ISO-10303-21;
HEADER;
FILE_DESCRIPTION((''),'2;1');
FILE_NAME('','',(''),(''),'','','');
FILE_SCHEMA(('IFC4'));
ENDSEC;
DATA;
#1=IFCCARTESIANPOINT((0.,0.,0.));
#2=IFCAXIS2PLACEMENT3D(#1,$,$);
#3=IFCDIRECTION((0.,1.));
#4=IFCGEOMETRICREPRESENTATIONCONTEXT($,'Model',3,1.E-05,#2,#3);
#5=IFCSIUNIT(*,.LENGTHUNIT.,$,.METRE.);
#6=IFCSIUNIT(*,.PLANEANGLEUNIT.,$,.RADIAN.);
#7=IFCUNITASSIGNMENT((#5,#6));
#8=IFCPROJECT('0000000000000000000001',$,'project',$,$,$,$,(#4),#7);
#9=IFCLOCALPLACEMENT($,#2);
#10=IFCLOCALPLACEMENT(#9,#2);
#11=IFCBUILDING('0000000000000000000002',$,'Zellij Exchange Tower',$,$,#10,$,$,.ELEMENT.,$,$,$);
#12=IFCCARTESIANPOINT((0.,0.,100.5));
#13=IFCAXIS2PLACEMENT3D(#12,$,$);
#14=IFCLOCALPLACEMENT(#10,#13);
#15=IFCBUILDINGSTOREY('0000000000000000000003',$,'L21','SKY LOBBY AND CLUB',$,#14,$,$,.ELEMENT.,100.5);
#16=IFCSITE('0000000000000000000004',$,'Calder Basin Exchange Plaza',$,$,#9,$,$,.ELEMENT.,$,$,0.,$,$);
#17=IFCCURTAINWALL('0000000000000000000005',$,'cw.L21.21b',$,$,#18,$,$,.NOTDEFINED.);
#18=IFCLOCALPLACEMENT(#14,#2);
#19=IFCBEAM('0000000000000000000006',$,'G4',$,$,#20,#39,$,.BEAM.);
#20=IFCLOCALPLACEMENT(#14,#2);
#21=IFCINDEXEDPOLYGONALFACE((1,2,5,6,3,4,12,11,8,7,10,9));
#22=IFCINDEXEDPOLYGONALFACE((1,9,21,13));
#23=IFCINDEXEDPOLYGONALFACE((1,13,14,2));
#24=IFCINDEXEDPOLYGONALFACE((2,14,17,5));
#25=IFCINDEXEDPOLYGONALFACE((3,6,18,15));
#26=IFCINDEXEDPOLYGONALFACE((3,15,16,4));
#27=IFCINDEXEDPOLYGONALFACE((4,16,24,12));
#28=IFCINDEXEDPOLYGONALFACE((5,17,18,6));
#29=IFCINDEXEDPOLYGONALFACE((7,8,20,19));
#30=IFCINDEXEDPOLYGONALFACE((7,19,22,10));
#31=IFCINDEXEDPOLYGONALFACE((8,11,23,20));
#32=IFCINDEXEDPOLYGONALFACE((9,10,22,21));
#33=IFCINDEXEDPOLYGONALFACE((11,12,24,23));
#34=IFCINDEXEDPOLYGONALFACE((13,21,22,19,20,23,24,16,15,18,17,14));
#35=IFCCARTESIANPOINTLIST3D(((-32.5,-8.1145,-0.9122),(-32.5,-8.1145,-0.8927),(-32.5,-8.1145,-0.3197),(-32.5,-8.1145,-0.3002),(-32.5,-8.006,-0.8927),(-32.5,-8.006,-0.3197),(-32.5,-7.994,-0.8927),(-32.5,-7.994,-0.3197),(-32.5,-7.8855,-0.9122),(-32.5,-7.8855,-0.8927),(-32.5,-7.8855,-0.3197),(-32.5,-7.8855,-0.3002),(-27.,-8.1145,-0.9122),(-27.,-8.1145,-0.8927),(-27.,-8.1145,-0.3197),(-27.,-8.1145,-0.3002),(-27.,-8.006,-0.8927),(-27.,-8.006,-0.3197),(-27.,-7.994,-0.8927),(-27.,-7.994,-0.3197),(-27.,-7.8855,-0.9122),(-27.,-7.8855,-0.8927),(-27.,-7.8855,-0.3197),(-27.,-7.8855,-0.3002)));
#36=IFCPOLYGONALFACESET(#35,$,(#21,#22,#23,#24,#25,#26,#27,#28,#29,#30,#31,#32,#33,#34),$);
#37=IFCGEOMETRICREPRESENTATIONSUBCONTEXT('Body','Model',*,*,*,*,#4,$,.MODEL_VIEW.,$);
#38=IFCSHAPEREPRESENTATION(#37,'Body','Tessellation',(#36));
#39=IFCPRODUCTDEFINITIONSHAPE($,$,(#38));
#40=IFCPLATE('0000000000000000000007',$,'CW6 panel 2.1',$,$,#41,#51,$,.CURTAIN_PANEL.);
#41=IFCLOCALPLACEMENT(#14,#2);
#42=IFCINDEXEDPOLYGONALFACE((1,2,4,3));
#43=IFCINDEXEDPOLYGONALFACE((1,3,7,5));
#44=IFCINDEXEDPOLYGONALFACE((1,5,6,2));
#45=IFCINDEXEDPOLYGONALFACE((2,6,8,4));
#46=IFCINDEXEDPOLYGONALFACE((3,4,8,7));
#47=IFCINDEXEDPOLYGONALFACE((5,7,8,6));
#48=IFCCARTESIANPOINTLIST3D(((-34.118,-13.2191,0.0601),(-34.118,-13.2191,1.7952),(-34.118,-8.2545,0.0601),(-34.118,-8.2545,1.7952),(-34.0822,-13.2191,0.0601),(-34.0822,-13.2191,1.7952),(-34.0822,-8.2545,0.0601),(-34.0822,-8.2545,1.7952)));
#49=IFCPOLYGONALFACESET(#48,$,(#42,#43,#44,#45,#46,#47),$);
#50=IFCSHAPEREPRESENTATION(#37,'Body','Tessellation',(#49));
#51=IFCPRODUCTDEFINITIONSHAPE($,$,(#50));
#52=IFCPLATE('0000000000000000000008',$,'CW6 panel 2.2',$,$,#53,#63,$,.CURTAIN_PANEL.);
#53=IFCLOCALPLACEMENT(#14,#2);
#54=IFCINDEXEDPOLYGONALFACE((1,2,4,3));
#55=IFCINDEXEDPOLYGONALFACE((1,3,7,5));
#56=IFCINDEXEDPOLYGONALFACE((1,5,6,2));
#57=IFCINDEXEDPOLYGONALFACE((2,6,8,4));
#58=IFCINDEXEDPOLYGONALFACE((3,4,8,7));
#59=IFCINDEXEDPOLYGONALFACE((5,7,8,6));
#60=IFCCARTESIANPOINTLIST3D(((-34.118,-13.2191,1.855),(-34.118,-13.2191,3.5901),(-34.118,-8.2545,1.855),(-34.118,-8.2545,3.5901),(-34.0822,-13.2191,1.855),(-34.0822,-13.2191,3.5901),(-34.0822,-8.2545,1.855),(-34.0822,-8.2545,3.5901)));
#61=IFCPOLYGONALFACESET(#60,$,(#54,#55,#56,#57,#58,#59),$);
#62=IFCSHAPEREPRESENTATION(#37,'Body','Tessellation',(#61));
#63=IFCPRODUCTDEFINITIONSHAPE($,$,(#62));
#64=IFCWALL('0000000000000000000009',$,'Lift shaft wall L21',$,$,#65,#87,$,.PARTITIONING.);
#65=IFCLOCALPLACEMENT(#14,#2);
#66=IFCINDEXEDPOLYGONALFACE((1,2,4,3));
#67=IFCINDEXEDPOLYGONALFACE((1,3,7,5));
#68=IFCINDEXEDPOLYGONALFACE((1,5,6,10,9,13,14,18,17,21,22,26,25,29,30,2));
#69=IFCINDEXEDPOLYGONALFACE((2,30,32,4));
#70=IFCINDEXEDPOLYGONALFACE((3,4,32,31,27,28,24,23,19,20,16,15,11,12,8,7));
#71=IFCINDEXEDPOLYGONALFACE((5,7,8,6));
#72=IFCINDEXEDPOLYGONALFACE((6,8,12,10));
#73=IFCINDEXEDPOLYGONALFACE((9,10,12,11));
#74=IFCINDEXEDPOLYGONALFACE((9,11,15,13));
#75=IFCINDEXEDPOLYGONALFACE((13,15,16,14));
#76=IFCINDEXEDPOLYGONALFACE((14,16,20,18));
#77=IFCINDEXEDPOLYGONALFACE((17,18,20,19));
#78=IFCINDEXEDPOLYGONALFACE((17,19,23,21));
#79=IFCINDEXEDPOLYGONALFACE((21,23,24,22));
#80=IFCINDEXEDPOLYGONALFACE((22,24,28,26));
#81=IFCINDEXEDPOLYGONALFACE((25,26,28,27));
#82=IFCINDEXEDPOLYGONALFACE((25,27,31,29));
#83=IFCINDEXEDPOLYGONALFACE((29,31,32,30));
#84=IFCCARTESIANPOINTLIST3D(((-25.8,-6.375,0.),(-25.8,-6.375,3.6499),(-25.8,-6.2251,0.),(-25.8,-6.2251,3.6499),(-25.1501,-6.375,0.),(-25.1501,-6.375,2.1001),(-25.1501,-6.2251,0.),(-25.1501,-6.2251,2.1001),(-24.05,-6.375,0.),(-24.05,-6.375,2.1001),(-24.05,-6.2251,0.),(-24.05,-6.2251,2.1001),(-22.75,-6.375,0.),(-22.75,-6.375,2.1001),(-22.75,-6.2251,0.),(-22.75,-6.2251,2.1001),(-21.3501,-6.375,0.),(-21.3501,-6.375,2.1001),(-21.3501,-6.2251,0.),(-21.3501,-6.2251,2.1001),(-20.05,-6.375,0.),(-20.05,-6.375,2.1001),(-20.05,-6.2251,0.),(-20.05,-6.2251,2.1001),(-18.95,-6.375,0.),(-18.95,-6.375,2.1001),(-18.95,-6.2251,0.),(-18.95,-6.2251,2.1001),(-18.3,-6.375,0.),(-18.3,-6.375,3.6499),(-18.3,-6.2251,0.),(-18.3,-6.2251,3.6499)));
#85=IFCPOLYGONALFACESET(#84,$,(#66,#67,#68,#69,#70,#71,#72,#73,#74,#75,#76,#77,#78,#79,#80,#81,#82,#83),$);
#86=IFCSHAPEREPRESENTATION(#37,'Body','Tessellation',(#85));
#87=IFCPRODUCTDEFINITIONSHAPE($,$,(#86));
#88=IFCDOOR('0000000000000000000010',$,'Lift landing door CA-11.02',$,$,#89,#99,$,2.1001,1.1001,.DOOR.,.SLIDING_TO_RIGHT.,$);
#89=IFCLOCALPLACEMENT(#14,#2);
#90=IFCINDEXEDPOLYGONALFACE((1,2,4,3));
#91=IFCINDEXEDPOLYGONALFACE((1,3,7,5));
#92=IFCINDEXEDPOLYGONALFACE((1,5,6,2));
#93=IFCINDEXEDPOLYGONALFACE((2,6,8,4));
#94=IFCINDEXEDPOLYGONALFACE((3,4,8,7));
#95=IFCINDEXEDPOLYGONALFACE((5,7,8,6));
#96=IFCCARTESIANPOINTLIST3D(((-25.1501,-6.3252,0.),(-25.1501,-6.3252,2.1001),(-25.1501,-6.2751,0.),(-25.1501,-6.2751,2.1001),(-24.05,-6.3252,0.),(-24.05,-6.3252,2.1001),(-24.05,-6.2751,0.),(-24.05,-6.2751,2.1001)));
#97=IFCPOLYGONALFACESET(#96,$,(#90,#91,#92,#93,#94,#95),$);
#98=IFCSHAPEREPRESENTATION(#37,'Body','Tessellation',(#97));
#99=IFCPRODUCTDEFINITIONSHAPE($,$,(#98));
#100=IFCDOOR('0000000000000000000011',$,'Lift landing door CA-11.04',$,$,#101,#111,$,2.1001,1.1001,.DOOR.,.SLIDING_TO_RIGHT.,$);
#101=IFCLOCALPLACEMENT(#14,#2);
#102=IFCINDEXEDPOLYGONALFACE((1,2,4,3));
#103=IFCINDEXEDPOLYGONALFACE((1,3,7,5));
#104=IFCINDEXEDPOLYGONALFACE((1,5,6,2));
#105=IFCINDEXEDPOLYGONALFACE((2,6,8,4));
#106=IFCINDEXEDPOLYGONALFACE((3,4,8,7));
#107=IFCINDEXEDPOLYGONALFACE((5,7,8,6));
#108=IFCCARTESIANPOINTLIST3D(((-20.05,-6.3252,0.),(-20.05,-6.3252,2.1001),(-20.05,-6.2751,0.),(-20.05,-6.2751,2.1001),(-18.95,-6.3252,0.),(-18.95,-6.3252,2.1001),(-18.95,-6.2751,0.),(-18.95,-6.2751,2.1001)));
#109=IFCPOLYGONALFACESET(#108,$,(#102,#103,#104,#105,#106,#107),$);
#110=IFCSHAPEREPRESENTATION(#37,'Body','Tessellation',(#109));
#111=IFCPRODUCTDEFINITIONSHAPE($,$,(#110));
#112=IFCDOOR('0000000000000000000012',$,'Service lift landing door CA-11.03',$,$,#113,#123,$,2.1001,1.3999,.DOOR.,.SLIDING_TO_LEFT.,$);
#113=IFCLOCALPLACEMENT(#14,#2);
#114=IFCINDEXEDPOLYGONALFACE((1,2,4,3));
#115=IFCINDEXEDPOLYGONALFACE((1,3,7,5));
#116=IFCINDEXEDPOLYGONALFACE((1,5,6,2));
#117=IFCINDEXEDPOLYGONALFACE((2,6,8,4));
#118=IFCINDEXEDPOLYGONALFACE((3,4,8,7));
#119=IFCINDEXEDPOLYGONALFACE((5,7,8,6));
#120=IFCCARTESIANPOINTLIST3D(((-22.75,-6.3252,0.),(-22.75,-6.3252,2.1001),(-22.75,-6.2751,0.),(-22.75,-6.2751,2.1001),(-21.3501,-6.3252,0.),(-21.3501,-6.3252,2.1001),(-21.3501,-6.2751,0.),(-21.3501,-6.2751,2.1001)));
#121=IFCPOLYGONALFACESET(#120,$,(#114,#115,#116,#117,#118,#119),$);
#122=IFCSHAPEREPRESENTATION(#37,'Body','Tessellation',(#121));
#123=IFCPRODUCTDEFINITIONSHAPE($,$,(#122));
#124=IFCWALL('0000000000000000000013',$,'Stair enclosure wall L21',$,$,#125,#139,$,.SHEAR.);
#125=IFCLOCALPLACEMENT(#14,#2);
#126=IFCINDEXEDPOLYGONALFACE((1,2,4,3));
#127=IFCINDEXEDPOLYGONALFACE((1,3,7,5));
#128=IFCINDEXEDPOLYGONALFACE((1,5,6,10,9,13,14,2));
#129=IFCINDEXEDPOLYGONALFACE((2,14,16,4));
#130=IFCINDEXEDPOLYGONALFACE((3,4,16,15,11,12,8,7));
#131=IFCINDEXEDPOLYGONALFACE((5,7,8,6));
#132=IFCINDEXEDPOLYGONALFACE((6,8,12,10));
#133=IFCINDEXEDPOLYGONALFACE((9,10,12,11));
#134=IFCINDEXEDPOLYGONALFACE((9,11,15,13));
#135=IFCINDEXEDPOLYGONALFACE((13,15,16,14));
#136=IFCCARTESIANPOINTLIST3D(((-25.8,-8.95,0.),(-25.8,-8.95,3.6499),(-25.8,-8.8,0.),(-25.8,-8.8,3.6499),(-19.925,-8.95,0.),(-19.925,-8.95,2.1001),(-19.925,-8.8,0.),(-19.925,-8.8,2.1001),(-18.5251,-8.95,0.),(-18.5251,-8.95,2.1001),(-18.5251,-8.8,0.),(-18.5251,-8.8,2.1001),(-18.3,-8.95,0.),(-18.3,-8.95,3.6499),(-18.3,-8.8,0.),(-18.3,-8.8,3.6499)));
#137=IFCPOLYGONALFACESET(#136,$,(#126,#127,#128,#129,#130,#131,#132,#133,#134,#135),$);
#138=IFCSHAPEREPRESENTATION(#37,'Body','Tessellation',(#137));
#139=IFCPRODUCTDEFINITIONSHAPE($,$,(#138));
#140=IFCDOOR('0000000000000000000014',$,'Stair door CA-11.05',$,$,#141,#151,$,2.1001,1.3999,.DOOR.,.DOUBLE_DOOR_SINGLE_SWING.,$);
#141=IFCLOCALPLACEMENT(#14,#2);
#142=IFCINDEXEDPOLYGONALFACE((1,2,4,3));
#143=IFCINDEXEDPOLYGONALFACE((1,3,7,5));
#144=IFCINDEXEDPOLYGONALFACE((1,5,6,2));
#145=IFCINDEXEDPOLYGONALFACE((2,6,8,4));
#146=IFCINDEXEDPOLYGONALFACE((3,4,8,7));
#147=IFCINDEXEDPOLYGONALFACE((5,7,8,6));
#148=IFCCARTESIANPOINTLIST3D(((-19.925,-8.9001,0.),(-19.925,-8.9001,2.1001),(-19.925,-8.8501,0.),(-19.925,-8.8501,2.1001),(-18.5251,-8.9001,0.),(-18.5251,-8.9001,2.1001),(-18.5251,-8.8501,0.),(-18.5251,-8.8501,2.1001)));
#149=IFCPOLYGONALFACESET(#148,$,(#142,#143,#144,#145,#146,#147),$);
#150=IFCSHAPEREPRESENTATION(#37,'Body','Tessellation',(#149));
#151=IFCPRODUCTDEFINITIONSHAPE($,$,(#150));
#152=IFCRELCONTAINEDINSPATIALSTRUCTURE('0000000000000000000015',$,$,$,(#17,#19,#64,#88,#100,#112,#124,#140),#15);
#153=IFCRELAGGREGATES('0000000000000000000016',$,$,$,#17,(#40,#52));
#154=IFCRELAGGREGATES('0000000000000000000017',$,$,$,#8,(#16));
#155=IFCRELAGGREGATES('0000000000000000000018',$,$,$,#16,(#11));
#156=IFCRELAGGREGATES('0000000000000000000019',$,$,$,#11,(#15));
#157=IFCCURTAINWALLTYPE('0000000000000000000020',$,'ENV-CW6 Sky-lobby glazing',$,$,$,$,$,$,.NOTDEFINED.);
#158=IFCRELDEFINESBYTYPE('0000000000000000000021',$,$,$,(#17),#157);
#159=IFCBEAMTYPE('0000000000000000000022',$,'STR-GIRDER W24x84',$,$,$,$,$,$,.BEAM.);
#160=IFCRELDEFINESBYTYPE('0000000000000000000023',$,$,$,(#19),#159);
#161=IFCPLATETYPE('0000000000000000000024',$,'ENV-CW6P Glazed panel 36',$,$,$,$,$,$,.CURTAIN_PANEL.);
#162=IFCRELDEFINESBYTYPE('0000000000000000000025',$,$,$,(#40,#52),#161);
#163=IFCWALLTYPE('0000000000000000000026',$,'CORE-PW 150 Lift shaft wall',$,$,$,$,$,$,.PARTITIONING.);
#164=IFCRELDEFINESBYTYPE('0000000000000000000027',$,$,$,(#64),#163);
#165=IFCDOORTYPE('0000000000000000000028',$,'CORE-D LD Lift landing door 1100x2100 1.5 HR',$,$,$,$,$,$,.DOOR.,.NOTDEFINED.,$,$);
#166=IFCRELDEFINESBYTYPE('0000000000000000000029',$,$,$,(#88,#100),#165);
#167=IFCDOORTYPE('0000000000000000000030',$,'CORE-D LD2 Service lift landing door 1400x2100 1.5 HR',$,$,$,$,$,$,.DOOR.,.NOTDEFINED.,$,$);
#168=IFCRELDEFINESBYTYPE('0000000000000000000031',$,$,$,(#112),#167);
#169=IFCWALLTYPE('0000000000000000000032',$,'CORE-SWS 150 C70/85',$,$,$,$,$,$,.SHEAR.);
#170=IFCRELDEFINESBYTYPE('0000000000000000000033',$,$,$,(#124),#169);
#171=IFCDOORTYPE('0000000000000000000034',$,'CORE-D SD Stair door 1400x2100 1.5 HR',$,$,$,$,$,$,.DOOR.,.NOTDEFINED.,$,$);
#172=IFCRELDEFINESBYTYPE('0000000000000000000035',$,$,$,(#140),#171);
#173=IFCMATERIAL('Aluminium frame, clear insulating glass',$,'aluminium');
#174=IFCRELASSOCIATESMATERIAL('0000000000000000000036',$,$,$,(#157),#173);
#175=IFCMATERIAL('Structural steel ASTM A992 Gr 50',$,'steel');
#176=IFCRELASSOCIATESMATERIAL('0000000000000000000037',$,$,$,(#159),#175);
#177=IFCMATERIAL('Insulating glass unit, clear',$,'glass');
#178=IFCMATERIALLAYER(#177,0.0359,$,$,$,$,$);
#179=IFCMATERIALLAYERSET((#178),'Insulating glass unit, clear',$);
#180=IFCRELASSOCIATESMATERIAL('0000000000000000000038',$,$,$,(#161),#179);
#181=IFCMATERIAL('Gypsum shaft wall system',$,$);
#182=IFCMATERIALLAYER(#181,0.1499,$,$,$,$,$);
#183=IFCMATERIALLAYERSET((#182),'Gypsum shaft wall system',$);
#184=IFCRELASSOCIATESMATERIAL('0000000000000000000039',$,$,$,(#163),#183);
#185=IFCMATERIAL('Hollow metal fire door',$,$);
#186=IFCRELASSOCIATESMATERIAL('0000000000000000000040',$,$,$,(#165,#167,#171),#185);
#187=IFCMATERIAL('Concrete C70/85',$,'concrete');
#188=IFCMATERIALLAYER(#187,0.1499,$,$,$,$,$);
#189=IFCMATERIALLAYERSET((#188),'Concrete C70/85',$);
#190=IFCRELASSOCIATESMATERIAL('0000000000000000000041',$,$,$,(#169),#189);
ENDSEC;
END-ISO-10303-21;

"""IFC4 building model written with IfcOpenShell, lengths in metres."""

from ifc_helpers import new_model, si_unit, direction, frame, frame_2d, origin, origin_2d, place, context, subcontext, project, spatial, rectangle, i_section, extrude, material, layer, layer_set, material_profile, profile_set, type_object, element, fill, aggregate, save


model = new_model("IFC4")

# Units and contexts
model_context = context("Model", 3, precision=1e-05, world=origin(), true_north=direction((0.0, 1.0)))
body_context = subcontext(model_context, "Body", "Model", "MODEL_VIEW")
ifc_project = project(units=[si_unit("LENGTHUNIT", "METRE"), si_unit("PLANEANGLEUNIT", "RADIAN")], contexts=[model_context])

# Site, building, storey
site_placement = place(None, origin())
site = spatial("IfcSite", under=ifc_project, at=site_placement, Name="Calder Basin Exchange Plaza", CompositionType="ELEMENT", RefElevation=0.0)
building_placement = place(site_placement, origin())
building = spatial("IfcBuilding", under=site, at=building_placement, Name="Zellij Exchange Tower", CompositionType="ELEMENT")
storey_placement = place(building_placement, frame((0.0, 0.0, 100.5)))
storey = spatial("IfcBuildingStorey", under=building, at=storey_placement, Name="L21", Description="SKY LOBBY AND CLUB", CompositionType="ELEMENT", Elevation=100.5)

# Shared definitions
ifc_material_1 = material(Name="Concrete C70/85", Category="concrete")

# Curtain wall
ifc_material_2 = material(Name="Aluminium frame, clear insulating glass", Category="aluminium")
curtain_wall_type = type_object("IfcCurtainWallType", Name="ENV-CW6 Sky-lobby glazing", PredefinedType="NOTDEFINED", material=ifc_material_2)
curtain_wall_placement = place(storey_placement, origin())
curtain_wall = element("IfcCurtainWall", 1, at=curtain_wall_placement, inside=storey, type_object=curtain_wall_type, Name="cw.L21.21b", PredefinedType="NOTDEFINED")

# Beam
ifc_material_3 = material(Name="Structural steel ASTM A992 Gr 50", Category="steel")
ifc_material_profile_1 = material_profile(ifc_material_3, i_section(OverallWidth=0.229, OverallDepth=0.6121, WebThickness=0.012, FlangeThickness=0.0195, at=origin_2d()), Name="W24x84")
ifc_profile_set_1 = profile_set([ifc_material_profile_1], Name="Structural steel ASTM A992 Gr 50")
beam_type_1 = type_object("IfcBeamType", Name="STR-GIRDER W24x84", PredefinedType="BEAM", material=ifc_profile_set_1)
beam_1_placement = place(storey_placement, frame((-32.5, -8.0, -0.6062), z_axis=(1.0, 0.0, 0.0), x_axis=(0.0, 1.0, 0.0)))
element("IfcBeam", 2, at=beam_1_placement, inside=storey, type_object=beam_type_1, Name="G4", PredefinedType="BEAM", context=body_context, shape_type="SweptSolid", body=[
    extrude(i_section(OverallWidth=0.229, OverallDepth=0.6121, WebThickness=0.012, FlangeThickness=0.0195, at=origin_2d()), origin(), (0.0, 0.0, 1.0), 5.5),
])

# Plates
ifc_material_4 = material(Name="Insulating glass unit, clear", Category="glass")
ifc_layer_1 = layer(ifc_material_4, 0.0359)
ifc_layer_set_1 = layer_set([ifc_layer_1], Name="Insulating glass unit, clear")
plate_type = type_object("IfcPlateType", Name="ENV-CW6P Glazed panel 36", PredefinedType="CURTAIN_PANEL", material=ifc_layer_set_1)
plate_1_placement = place(storey_placement, frame((-34.1001, -10.7368, 0.0601), z_axis=(0.0, 0.0, 1.0), x_axis=(0.0, -1.0, 0.0)))
plate_1 = element("IfcPlate", 3, at=plate_1_placement, type_object=plate_type, Name="CW6 panel 2.1", PredefinedType="CURTAIN_PANEL", context=body_context, shape_type="SweptSolid", body=[
    extrude(rectangle(XDim=4.9646, YDim=0.0359, at=origin_2d()), origin(), (0.0, 0.0, 1.0), 1.7351),
])
plate_2_placement = place(storey_placement, frame((-34.1001, -10.7368, 1.855), z_axis=(0.0, 0.0, 1.0), x_axis=(0.0, -1.0, 0.0)))
plate_2 = element("IfcPlate", 4, at=plate_2_placement, type_object=plate_type, Name="CW6 panel 2.2", PredefinedType="CURTAIN_PANEL", context=body_context, shape_type="SweptSolid", body=[
    extrude(rectangle(XDim=4.9646, YDim=0.0359, at=origin_2d()), origin(), (0.0, 0.0, 1.0), 1.7351),
])
aggregate(curtain_wall, [plate_1, plate_2])

# Wall, openings, doors
ifc_material_5 = material(Name="Gypsum shaft wall system")
ifc_layer_2 = layer(ifc_material_5, 0.1499)
ifc_layer_set_2 = layer_set([ifc_layer_2], Name="Gypsum shaft wall system")
wall_type_1 = type_object("IfcWallType", Name="CORE-PW 150 Lift shaft wall", PredefinedType="PARTITIONING", material=ifc_layer_set_2)
wall_1_placement = place(storey_placement, frame((-25.8, -6.3, 0.0), z_axis=(0.0, 0.0, 1.0), x_axis=(1.0, 0.0, 0.0)))
wall_1 = element("IfcWall", 5, at=wall_1_placement, inside=storey, type_object=wall_type_1, Name="Lift shaft wall L21", PredefinedType="PARTITIONING", context=body_context, shape_type="SweptSolid", body=[
    extrude(rectangle(XDim=7.5, YDim=0.1499, at=frame_2d((3.75, 0.0))), origin(), (0.0, 0.0, 1.0), 3.6499),
])
opening_1_placement = place(wall_1_placement, frame((0.6499, 0.0, 0.0)))
opening_1 = element("IfcOpeningElement", 6, at=opening_1_placement, cuts=wall_1, PredefinedType="OPENING", context=body_context, shape_type="SweptSolid", body=[
    extrude(rectangle(XDim=1.1001, YDim=2.1001, at=frame_2d((0.55, 1.05))), frame((0.0, 0.0869, 0.0), z_axis=(0.0, -1.0, 0.0), x_axis=(1.0, 0.0, 0.0)), (0.0, 0.0, 1.0), 0.1738),
])
opening_2_placement = place(wall_1_placement, frame((3.05, 0.0, 0.0)))
opening_2 = element("IfcOpeningElement", 7, at=opening_2_placement, cuts=wall_1, PredefinedType="OPENING", context=body_context, shape_type="SweptSolid", body=[
    extrude(rectangle(XDim=1.3999, YDim=2.1001, at=frame_2d((0.7, 1.05))), frame((0.0, 0.0869, 0.0), z_axis=(0.0, -1.0, 0.0), x_axis=(1.0, 0.0, 0.0)), (0.0, 0.0, 1.0), 0.1738),
])
opening_3_placement = place(wall_1_placement, frame((5.75, 0.0, 0.0)))
opening_3 = element("IfcOpeningElement", 8, at=opening_3_placement, cuts=wall_1, PredefinedType="OPENING", context=body_context, shape_type="SweptSolid", body=[
    extrude(rectangle(XDim=1.1001, YDim=2.1001, at=frame_2d((0.55, 1.05))), frame((0.0, 0.0869, 0.0), z_axis=(0.0, -1.0, 0.0), x_axis=(1.0, 0.0, 0.0)), (0.0, 0.0, 1.0), 0.1738),
])
ifc_material_6 = material(Name="Hollow metal fire door")
door_type_1 = type_object("IfcDoorType", Name="CORE-D LD Lift landing door 1100x2100 1.5 HR", OperationType="NOTDEFINED", PredefinedType="DOOR", material=ifc_material_6)
door_1_placement = place(opening_1_placement, origin())
door_1 = element("IfcDoor", 9, at=door_1_placement, inside=storey, type_object=door_type_1, Name="Lift landing door CA-11.02", OperationType="SLIDING_TO_RIGHT", OverallHeight=2.1001, OverallWidth=1.1001, PredefinedType="DOOR", context=body_context, shape_type="SweptSolid", body=[
    extrude(rectangle(XDim=1.1001, YDim=2.1001, at=frame_2d((0.55, 1.05))), frame((0.0, 0.0249, 0.0), z_axis=(0.0, -1.0, 0.0), x_axis=(1.0, 0.0, 0.0)), (0.0, 0.0, 1.0), 0.05),
])
fill(opening_1, door_1)
door_2_placement = place(opening_3_placement, origin())
door_2 = element("IfcDoor", 10, at=door_2_placement, inside=storey, type_object=door_type_1, Name="Lift landing door CA-11.04", OperationType="SLIDING_TO_RIGHT", OverallHeight=2.1001, OverallWidth=1.1001, PredefinedType="DOOR", context=body_context, shape_type="SweptSolid", body=[
    extrude(rectangle(XDim=1.1001, YDim=2.1001, at=frame_2d((0.55, 1.05))), frame((0.0, 0.0249, 0.0), z_axis=(0.0, -1.0, 0.0), x_axis=(1.0, 0.0, 0.0)), (0.0, 0.0, 1.0), 0.05),
])
fill(opening_3, door_2)
door_type_2 = type_object("IfcDoorType", Name="CORE-D LD2 Service lift landing door 1400x2100 1.5 HR", OperationType="NOTDEFINED", PredefinedType="DOOR", material=ifc_material_6)
door_3_placement = place(opening_2_placement, origin())
door_3 = element("IfcDoor", 11, at=door_3_placement, inside=storey, type_object=door_type_2, Name="Service lift landing door CA-11.03", OperationType="SLIDING_TO_LEFT", OverallHeight=2.1001, OverallWidth=1.3999, PredefinedType="DOOR", context=body_context, shape_type="SweptSolid", body=[
    extrude(rectangle(XDim=1.3999, YDim=2.1001, at=frame_2d((0.7, 1.05))), frame((0.0, 0.0249, 0.0), z_axis=(0.0, -1.0, 0.0), x_axis=(1.0, 0.0, 0.0)), (0.0, 0.0, 1.0), 0.05),
])
fill(opening_2, door_3)

# Wall, opening, door
ifc_layer_3 = layer(ifc_material_1, 0.1499)
ifc_layer_set_3 = layer_set([ifc_layer_3], Name="Concrete C70/85")
wall_type_2 = type_object("IfcWallType", Name="CORE-SWS 150 C70/85", PredefinedType="SHEAR", material=ifc_layer_set_3)
wall_2_placement = place(storey_placement, frame((-25.8, -8.875, 0.0), z_axis=(0.0, 0.0, 1.0), x_axis=(1.0, 0.0, 0.0)))
wall_2 = element("IfcWall", 12, at=wall_2_placement, inside=storey, type_object=wall_type_2, Name="Stair enclosure wall L21", PredefinedType="SHEAR", context=body_context, shape_type="SweptSolid", body=[
    extrude(rectangle(XDim=7.5, YDim=0.1499, at=frame_2d((3.75, 0.0))), origin(), (0.0, 0.0, 1.0), 3.6499),
])
opening_4_placement = place(wall_2_placement, frame((5.875, 0.0, 0.0)))
opening_4 = element("IfcOpeningElement", 13, at=opening_4_placement, cuts=wall_2, PredefinedType="OPENING", context=body_context, shape_type="SweptSolid", body=[
    extrude(rectangle(XDim=1.3999, YDim=2.1001, at=frame_2d((0.7, 1.05))), frame((0.0, 0.0869, 0.0), z_axis=(0.0, -1.0, 0.0), x_axis=(1.0, 0.0, 0.0)), (0.0, 0.0, 1.0), 0.1738),
])
door_type_3 = type_object("IfcDoorType", Name="CORE-D SD Stair door 1400x2100 1.5 HR", OperationType="NOTDEFINED", PredefinedType="DOOR", material=ifc_material_6)
door_4_placement = place(opening_4_placement, origin())
door_4 = element("IfcDoor", 14, at=door_4_placement, inside=storey, type_object=door_type_3, Name="Stair door CA-11.05", OperationType="DOUBLE_DOOR_SINGLE_SWING", OverallHeight=2.1001, OverallWidth=1.3999, PredefinedType="DOOR", context=body_context, shape_type="SweptSolid", body=[
    extrude(rectangle(XDim=1.3999, YDim=2.1001, at=frame_2d((0.7, 1.05))), frame((0.0, 0.0249, 0.0), z_axis=(0.0, -1.0, 0.0), x_axis=(1.0, 0.0, 0.0)), (0.0, 0.0, 1.0), 0.05),
])
fill(opening_4, door_4)

save(model, "model.ifc")
